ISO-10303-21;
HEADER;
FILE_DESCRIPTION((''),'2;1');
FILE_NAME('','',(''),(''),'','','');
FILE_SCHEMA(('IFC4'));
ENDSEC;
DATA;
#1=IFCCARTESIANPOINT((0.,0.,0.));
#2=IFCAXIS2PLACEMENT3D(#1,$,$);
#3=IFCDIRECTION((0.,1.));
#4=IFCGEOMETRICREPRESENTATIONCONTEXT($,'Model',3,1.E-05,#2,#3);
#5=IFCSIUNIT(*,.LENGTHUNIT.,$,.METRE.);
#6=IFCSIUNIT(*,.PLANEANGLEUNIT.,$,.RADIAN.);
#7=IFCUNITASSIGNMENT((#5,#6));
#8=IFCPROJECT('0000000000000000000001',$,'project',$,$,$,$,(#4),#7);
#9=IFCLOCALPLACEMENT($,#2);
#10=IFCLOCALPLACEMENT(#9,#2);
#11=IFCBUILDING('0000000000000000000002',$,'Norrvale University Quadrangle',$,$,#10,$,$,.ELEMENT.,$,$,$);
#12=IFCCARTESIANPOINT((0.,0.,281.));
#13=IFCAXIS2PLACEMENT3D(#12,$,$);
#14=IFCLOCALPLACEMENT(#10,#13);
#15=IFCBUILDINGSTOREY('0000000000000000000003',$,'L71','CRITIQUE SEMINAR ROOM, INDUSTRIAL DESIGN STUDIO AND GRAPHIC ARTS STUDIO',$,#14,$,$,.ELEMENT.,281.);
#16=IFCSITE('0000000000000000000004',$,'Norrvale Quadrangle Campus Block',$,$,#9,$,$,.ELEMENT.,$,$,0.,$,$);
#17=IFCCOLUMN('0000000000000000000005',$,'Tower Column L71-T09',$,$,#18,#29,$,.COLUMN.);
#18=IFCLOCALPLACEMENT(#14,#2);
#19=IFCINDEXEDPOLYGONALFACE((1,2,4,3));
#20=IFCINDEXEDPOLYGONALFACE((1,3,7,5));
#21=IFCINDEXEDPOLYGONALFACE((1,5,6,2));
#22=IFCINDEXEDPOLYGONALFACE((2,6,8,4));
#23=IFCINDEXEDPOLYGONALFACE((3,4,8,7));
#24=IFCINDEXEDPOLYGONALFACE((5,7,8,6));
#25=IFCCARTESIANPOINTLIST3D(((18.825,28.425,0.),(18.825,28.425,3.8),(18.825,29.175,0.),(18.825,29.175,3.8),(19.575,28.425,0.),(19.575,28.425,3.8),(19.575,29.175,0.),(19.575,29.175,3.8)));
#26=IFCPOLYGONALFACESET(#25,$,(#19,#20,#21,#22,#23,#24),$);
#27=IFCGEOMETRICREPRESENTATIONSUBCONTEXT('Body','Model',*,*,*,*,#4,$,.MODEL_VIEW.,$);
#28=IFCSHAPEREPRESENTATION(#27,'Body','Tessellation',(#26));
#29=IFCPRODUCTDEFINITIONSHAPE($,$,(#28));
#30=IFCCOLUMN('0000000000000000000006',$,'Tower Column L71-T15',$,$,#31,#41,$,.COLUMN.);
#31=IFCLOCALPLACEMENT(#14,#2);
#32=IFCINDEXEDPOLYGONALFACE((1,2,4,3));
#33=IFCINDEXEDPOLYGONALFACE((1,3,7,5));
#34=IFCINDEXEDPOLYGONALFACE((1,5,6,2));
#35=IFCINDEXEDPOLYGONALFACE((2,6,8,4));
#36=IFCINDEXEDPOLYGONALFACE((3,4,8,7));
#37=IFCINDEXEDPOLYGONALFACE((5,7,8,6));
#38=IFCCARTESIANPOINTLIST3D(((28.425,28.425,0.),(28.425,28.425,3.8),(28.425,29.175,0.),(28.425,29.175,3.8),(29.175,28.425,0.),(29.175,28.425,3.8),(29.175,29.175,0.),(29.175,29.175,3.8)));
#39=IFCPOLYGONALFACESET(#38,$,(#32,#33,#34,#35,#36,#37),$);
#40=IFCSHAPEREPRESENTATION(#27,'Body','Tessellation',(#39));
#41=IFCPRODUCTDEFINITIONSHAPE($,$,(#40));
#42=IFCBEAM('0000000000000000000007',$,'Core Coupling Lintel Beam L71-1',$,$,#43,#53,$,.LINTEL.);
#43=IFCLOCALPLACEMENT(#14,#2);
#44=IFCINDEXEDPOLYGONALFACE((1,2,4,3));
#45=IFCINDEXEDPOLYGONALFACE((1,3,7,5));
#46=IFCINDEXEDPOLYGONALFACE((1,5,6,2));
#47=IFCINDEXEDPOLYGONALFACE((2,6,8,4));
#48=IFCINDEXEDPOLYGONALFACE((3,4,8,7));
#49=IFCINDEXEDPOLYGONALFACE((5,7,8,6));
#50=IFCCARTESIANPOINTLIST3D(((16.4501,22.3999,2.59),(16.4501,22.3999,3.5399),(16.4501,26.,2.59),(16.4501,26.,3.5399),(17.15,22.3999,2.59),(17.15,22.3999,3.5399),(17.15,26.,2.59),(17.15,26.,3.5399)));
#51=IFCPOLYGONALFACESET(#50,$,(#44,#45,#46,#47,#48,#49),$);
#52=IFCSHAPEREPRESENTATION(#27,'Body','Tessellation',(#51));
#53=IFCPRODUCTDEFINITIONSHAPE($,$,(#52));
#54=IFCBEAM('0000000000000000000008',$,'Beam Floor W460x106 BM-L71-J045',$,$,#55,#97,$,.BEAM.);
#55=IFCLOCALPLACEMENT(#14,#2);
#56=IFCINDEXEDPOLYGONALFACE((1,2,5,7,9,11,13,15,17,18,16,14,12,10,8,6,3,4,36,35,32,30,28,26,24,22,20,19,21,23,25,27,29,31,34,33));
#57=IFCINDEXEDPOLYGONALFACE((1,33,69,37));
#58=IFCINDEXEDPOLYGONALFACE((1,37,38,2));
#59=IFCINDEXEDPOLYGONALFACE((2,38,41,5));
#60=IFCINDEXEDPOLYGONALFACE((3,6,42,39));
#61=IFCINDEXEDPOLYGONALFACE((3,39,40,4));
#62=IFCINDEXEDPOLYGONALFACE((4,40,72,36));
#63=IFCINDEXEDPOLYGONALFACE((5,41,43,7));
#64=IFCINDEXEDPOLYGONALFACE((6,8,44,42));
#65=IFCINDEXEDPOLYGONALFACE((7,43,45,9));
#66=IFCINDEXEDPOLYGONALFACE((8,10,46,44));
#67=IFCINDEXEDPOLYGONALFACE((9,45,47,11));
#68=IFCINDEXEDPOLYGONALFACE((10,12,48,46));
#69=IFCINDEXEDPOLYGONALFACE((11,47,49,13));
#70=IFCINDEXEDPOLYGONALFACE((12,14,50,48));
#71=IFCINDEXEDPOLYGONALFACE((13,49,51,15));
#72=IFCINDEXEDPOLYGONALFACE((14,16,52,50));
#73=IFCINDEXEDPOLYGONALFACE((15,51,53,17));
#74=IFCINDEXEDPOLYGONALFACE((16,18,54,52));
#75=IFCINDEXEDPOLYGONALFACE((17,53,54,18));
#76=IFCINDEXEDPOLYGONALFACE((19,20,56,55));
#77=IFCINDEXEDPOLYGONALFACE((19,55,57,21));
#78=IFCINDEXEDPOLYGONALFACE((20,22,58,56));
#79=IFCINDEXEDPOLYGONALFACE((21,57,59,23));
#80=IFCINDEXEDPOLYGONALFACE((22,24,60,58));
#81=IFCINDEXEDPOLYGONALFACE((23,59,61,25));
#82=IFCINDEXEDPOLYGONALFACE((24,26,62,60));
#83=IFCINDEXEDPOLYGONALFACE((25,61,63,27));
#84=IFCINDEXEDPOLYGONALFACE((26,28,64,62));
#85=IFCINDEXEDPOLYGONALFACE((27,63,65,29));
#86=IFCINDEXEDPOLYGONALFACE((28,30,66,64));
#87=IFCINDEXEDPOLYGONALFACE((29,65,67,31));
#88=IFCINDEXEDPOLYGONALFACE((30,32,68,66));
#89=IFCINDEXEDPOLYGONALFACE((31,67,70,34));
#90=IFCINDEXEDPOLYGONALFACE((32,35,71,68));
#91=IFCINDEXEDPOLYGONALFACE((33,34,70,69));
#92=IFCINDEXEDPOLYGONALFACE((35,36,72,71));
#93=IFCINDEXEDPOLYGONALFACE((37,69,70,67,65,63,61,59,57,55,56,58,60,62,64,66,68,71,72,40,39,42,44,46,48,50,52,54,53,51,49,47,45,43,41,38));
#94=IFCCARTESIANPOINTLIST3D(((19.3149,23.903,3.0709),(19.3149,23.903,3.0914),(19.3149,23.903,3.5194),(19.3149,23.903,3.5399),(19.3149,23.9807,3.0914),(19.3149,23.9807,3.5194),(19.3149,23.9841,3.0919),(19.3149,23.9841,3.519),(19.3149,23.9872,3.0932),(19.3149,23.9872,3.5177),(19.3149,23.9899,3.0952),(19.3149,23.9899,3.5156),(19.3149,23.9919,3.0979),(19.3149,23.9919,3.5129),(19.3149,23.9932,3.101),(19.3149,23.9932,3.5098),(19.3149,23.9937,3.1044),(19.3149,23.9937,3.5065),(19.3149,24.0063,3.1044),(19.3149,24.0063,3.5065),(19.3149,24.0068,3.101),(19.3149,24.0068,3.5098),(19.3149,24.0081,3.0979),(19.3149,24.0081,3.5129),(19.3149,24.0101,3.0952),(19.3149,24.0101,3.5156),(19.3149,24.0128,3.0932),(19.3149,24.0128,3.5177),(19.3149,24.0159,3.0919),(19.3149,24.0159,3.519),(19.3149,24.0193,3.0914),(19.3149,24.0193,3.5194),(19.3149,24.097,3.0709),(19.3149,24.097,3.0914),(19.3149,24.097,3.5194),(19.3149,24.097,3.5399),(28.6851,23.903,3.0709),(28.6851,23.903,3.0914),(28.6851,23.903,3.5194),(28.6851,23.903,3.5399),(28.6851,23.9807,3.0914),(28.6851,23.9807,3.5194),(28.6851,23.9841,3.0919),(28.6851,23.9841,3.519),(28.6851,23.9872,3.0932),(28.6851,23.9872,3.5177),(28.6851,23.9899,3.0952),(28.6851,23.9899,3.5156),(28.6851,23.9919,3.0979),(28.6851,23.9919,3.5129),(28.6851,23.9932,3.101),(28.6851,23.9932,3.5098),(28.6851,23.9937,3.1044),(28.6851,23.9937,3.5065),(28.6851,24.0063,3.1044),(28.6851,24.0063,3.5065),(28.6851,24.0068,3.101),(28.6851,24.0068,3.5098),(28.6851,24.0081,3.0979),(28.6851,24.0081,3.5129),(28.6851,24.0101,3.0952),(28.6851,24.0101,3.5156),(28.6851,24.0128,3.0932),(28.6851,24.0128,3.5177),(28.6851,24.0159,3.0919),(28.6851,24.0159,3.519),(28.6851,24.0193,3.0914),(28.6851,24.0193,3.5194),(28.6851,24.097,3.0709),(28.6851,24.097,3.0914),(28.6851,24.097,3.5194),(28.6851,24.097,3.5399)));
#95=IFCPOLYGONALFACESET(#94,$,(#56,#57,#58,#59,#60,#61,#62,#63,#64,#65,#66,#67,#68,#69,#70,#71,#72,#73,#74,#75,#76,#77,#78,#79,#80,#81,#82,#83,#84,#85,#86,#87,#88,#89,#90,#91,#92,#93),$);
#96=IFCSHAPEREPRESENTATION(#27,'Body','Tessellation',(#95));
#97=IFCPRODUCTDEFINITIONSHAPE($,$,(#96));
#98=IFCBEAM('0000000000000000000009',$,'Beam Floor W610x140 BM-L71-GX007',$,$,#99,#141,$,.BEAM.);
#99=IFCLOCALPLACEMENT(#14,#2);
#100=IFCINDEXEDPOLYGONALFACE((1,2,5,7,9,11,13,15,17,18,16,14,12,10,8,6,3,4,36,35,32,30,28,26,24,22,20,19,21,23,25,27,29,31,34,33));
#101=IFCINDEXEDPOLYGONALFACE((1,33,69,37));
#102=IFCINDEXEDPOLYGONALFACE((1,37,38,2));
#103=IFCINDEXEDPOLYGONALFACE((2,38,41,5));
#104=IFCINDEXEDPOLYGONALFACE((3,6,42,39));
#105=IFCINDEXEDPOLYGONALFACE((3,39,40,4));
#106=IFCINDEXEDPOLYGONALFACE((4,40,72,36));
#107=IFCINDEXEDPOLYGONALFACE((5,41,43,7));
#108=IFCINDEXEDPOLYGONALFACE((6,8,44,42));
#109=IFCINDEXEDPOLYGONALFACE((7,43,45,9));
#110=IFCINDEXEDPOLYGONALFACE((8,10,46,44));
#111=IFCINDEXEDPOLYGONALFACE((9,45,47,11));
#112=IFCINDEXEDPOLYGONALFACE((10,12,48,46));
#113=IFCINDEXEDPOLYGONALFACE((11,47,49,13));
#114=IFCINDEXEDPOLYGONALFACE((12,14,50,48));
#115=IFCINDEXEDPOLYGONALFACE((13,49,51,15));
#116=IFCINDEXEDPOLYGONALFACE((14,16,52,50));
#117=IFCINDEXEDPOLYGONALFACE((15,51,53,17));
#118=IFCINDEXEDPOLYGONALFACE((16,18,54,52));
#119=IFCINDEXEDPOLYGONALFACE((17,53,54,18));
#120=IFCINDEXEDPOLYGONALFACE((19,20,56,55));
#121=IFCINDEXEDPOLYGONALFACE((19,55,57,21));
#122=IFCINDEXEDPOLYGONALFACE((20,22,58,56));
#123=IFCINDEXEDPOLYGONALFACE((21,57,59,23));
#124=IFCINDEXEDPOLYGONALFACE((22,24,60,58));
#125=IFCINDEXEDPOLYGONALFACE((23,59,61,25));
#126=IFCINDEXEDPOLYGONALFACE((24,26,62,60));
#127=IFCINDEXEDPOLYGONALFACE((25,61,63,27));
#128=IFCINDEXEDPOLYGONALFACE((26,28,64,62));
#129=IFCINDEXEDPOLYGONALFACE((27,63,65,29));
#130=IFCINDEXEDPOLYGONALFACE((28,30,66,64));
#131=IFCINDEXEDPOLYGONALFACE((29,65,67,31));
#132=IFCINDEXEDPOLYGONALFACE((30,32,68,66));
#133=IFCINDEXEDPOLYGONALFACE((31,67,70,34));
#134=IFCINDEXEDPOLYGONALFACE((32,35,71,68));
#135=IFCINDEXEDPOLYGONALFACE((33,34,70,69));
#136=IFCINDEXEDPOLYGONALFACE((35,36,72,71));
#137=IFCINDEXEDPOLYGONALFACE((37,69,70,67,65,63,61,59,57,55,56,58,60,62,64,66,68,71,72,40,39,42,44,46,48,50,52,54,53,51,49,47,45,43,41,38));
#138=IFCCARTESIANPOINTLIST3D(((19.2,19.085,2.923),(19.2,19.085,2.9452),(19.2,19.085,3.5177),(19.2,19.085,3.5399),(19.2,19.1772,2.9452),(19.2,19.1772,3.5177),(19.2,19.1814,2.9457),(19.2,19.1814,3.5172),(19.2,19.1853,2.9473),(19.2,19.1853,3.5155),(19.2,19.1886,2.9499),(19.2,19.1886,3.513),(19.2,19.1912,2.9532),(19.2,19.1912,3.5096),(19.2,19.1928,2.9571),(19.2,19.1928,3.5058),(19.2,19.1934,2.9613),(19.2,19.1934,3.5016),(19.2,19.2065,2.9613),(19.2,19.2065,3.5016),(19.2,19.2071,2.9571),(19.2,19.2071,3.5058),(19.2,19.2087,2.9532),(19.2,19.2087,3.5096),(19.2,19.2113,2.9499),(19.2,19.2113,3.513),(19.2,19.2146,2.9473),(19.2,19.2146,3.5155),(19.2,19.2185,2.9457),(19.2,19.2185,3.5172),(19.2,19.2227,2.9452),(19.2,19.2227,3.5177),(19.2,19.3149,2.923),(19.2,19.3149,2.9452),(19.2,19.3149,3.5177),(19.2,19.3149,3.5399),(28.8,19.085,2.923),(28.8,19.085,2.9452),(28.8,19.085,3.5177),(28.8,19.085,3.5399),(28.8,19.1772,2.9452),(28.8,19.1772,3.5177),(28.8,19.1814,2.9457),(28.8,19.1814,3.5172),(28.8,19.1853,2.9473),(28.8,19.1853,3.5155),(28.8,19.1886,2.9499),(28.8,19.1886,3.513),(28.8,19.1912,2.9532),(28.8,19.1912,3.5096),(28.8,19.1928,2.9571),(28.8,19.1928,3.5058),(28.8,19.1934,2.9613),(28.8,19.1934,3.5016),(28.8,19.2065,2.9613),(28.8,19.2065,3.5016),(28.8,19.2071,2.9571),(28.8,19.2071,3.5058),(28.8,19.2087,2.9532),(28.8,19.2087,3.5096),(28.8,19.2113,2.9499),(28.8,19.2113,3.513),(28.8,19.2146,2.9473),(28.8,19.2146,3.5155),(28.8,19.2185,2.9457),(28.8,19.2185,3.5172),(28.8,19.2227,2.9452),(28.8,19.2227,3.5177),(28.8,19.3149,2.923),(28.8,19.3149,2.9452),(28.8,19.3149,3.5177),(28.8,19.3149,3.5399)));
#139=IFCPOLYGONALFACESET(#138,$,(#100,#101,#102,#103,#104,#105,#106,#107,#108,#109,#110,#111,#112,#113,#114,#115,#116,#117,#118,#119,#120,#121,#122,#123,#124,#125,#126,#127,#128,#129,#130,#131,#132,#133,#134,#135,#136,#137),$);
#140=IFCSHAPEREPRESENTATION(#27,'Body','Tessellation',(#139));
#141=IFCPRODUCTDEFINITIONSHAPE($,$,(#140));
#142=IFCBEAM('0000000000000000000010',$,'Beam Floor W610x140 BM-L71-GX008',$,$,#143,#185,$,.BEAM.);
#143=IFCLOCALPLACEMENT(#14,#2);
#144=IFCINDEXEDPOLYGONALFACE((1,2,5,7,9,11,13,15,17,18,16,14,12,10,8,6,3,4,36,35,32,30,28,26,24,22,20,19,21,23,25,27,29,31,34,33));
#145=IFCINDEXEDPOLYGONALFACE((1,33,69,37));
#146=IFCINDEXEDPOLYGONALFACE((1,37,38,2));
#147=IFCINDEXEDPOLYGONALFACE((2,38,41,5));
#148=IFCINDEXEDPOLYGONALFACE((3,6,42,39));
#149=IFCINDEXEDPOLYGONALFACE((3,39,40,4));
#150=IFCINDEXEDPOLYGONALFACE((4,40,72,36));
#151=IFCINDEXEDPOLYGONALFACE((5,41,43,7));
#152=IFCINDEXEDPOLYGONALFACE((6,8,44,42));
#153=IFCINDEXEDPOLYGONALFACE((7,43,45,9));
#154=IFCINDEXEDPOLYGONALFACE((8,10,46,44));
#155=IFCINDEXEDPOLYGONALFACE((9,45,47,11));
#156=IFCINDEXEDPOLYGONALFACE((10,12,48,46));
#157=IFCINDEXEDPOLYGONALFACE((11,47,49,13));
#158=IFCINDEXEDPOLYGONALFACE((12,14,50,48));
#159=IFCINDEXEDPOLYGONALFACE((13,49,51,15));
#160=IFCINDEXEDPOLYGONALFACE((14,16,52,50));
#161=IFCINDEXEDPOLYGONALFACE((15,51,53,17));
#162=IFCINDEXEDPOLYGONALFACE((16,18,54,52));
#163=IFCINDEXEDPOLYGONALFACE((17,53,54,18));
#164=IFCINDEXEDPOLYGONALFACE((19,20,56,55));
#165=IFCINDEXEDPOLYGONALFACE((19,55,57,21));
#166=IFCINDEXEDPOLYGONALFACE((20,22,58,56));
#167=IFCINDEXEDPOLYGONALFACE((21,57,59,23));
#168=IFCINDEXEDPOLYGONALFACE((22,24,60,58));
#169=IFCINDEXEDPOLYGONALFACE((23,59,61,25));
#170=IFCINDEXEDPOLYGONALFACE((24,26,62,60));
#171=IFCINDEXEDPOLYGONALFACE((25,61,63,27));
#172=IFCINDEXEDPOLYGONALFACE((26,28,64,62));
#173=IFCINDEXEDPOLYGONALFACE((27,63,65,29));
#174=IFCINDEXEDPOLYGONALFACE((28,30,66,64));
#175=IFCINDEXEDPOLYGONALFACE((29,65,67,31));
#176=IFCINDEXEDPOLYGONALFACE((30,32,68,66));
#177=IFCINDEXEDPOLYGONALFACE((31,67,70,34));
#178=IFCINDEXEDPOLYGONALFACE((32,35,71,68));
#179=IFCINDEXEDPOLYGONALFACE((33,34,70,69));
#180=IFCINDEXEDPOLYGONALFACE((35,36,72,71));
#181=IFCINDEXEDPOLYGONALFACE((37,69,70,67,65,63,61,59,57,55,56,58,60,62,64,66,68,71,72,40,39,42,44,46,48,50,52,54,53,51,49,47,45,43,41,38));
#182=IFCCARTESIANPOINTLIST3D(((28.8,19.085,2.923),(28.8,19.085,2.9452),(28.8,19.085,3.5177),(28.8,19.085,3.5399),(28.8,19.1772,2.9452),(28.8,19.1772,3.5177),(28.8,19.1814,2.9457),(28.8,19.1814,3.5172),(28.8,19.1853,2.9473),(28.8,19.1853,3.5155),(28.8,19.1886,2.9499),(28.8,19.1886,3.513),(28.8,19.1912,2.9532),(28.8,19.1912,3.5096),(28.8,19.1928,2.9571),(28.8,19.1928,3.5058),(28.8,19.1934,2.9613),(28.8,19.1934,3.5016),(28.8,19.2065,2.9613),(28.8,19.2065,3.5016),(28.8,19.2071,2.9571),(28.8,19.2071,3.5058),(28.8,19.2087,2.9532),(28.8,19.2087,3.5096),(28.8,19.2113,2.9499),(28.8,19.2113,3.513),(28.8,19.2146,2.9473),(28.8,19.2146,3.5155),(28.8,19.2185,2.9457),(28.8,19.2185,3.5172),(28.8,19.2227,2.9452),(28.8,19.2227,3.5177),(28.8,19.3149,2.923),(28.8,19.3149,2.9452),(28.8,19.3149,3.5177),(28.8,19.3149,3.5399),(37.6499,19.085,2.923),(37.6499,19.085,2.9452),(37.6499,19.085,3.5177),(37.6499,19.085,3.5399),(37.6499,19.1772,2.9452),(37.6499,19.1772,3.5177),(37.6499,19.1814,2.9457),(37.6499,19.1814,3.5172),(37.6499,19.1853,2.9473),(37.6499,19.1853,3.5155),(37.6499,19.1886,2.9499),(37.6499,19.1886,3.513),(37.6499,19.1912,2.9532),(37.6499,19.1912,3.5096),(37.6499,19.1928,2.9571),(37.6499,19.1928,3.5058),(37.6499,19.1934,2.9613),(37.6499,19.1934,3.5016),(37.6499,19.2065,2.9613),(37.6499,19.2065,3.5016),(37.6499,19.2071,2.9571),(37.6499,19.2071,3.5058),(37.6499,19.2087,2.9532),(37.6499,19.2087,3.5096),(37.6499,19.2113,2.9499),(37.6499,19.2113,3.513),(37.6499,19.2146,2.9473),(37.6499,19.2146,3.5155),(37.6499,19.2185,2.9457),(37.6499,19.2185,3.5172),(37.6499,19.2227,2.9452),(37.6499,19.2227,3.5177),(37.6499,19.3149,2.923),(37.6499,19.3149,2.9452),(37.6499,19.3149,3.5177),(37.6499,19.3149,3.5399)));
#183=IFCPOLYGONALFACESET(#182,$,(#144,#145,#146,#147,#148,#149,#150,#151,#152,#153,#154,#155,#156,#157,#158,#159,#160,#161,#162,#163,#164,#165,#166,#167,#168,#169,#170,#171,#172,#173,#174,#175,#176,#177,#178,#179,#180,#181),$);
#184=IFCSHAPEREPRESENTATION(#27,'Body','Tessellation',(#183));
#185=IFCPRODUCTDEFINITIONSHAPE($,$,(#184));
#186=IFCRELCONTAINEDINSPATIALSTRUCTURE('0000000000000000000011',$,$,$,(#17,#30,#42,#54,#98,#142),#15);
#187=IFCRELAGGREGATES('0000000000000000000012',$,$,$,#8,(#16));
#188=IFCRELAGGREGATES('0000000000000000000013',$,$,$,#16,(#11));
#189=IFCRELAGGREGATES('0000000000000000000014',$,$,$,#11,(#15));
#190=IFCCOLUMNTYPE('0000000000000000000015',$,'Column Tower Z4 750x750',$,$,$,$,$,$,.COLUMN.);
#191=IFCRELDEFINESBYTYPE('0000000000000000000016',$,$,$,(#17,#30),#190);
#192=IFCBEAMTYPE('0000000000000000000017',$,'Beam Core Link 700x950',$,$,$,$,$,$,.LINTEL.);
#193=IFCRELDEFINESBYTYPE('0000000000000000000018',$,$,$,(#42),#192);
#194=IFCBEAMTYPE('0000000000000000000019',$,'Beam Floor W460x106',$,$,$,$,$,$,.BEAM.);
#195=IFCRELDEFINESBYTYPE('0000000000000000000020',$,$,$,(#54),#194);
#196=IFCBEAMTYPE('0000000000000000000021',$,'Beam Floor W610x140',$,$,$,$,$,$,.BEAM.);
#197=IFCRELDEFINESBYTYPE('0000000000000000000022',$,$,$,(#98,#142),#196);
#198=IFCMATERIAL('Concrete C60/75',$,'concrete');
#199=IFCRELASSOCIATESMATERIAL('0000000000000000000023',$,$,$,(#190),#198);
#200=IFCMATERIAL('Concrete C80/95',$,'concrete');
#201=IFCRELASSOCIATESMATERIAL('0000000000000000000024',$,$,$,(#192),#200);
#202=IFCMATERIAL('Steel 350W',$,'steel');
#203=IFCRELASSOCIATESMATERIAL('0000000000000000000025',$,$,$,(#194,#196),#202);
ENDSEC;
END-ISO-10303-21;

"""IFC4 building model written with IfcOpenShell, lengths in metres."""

from ifc_helpers import new_model, si_unit, direction, frame, origin, origin_2d, place, context, subcontext, project, spatial, rectangle, i_section, extrude, material, material_profile, profile_set, type_object, element, save


model = new_model("IFC4")

# Units and contexts
model_context = context("Model", 3, precision=1e-05, world=origin(), true_north=direction((0.0, 1.0)))
body_context = subcontext(model_context, "Body", "Model", "MODEL_VIEW")
ifc_project = project(units=[si_unit("LENGTHUNIT", "METRE"), si_unit("PLANEANGLEUNIT", "RADIAN")], contexts=[model_context])

# Site, building, storey
site_placement = place(None, origin())
site = spatial("IfcSite", under=ifc_project, at=site_placement, Name="Norrvale Quadrangle Campus Block", CompositionType="ELEMENT", RefElevation=0.0)
building_placement = place(site_placement, origin())
building = spatial("IfcBuilding", under=site, at=building_placement, Name="Norrvale University Quadrangle", CompositionType="ELEMENT")
storey_placement = place(building_placement, frame((0.0, 0.0, 281.0)))
storey = spatial("IfcBuildingStorey", under=building, at=storey_placement, Name="L71", Description="CRITIQUE SEMINAR ROOM, INDUSTRIAL DESIGN STUDIO AND GRAPHIC ARTS STUDIO", CompositionType="ELEMENT", Elevation=281.0)

# Columns
ifc_material_1 = material(Name="Concrete C60/75", Category="concrete")
ifc_material_profile_1 = material_profile(ifc_material_1, rectangle(XDim=0.75, YDim=0.75, at=origin_2d()), Name="Concrete C60/75")
ifc_profile_set_1 = profile_set([ifc_material_profile_1], Name="Concrete C60/75")
column_type = type_object("IfcColumnType", Name="Column Tower Z4 750x750", PredefinedType="COLUMN", material=ifc_profile_set_1)
for number, where, z_axis, x_axis, name in (
    (1, (19.2, 28.8, 0.0), (0.0, 0.0, 1.0), (1.0, 0.0, 0.0), "Tower Column L71-T09"),
    (2, (28.8, 28.8, 0.0), (0.0, 0.0, 1.0), (1.0, 0.0, 0.0), "Tower Column L71-T15"),
):
    element("IfcColumn", number, at=place(storey_placement, frame(where, z_axis=z_axis, x_axis=x_axis)), inside=storey, type_object=column_type, Name=name, PredefinedType="COLUMN", context=body_context, shape_type="SweptSolid", body=[
        extrude(rectangle(XDim=0.75, YDim=0.75, at=origin_2d()), origin(), (0.0, 0.0, 1.0), 3.8),
    ])

# Beams
ifc_material_2 = material(Name="Concrete C80/95", Category="concrete")
ifc_material_profile_2 = material_profile(ifc_material_2, rectangle(XDim=0.7, YDim=0.95, at=origin_2d()), Name="Concrete C80/95")
ifc_profile_set_2 = profile_set([ifc_material_profile_2], Name="Concrete C80/95")
beam_type_1 = type_object("IfcBeamType", Name="Beam Core Link 700x950", PredefinedType="LINTEL", material=ifc_profile_set_2)
beam_1_placement = place(storey_placement, frame((16.8, 22.3999, 3.0649), z_axis=(0.0, 1.0, 0.0), x_axis=(-1.0, 0.0, 0.0)))
element("IfcBeam", 3, at=beam_1_placement, inside=storey, type_object=beam_type_1, Name="Core Coupling Lintel Beam L71-1", PredefinedType="LINTEL", context=body_context, shape_type="SweptSolid", body=[
    extrude(rectangle(XDim=0.7, YDim=0.95, at=origin_2d()), origin(), (0.0, 0.0, 1.0), 3.6001),
])
ifc_material_3 = material(Name="Steel 350W", Category="steel")
ifc_material_profile_3 = material_profile(ifc_material_3, i_section(OverallWidth=0.1941, OverallDepth=0.469, WebThickness=0.0127, FlangeThickness=0.0205, FilletRadius=0.0129, at=origin_2d()), Name="Steel 350W")
ifc_profile_set_3 = profile_set([ifc_material_profile_3], Name="Steel 350W")
beam_type_2 = type_object("IfcBeamType", Name="Beam Floor W460x106", PredefinedType="BEAM", material=ifc_profile_set_3)
beam_2_placement = place(storey_placement, frame((19.3149, 24.0, 3.3054), z_axis=(1.0, 0.0, 0.0), x_axis=(0.0, 1.0, 0.0)))
element("IfcBeam", 4, at=beam_2_placement, inside=storey, type_object=beam_type_2, Name="Beam Floor W460x106 BM-L71-J045", PredefinedType="BEAM", context=body_context, shape_type="SweptSolid", body=[
    extrude(i_section(OverallWidth=0.1941, OverallDepth=0.469, WebThickness=0.0127, FlangeThickness=0.0205, FilletRadius=0.0129, at=origin_2d()), origin(), (0.0, 0.0, 1.0), 9.3701),
])
ifc_material_profile_4 = material_profile(ifc_material_3, i_section(OverallWidth=0.23, OverallDepth=0.6169, WebThickness=0.0132, FlangeThickness=0.0222, FilletRadius=0.0161, at=origin_2d()), Name="Steel 350W")
ifc_profile_set_4 = profile_set([ifc_material_profile_4], Name="Steel 350W")
beam_type_3 = type_object("IfcBeamType", Name="Beam Floor W610x140", PredefinedType="BEAM", material=ifc_profile_set_4)
beam_3_placement = place(storey_placement, frame((19.2, 19.2, 3.2314), z_axis=(1.0, 0.0, 0.0), x_axis=(0.0, 1.0, 0.0)))
element("IfcBeam", 5, at=beam_3_placement, inside=storey, type_object=beam_type_3, Name="Beam Floor W610x140 BM-L71-GX007", PredefinedType="BEAM", context=body_context, shape_type="SweptSolid", body=[
    extrude(i_section(OverallWidth=0.23, OverallDepth=0.6169, WebThickness=0.0132, FlangeThickness=0.0222, FilletRadius=0.0161, at=origin_2d()), origin(), (0.0, 0.0, 1.0), 9.6001),
])
beam_4_placement = place(storey_placement, frame((28.8, 19.2, 3.2314), z_axis=(1.0, 0.0, 0.0), x_axis=(0.0, 1.0, 0.0)))
element("IfcBeam", 6, at=beam_4_placement, inside=storey, type_object=beam_type_3, Name="Beam Floor W610x140 BM-L71-GX008", PredefinedType="BEAM", context=body_context, shape_type="SweptSolid", body=[
    extrude(i_section(OverallWidth=0.23, OverallDepth=0.6169, WebThickness=0.0132, FlangeThickness=0.0222, FilletRadius=0.0161, at=origin_2d()), origin(), (0.0, 0.0, 1.0), 8.8499),
])

save(model, "model.ifc")
